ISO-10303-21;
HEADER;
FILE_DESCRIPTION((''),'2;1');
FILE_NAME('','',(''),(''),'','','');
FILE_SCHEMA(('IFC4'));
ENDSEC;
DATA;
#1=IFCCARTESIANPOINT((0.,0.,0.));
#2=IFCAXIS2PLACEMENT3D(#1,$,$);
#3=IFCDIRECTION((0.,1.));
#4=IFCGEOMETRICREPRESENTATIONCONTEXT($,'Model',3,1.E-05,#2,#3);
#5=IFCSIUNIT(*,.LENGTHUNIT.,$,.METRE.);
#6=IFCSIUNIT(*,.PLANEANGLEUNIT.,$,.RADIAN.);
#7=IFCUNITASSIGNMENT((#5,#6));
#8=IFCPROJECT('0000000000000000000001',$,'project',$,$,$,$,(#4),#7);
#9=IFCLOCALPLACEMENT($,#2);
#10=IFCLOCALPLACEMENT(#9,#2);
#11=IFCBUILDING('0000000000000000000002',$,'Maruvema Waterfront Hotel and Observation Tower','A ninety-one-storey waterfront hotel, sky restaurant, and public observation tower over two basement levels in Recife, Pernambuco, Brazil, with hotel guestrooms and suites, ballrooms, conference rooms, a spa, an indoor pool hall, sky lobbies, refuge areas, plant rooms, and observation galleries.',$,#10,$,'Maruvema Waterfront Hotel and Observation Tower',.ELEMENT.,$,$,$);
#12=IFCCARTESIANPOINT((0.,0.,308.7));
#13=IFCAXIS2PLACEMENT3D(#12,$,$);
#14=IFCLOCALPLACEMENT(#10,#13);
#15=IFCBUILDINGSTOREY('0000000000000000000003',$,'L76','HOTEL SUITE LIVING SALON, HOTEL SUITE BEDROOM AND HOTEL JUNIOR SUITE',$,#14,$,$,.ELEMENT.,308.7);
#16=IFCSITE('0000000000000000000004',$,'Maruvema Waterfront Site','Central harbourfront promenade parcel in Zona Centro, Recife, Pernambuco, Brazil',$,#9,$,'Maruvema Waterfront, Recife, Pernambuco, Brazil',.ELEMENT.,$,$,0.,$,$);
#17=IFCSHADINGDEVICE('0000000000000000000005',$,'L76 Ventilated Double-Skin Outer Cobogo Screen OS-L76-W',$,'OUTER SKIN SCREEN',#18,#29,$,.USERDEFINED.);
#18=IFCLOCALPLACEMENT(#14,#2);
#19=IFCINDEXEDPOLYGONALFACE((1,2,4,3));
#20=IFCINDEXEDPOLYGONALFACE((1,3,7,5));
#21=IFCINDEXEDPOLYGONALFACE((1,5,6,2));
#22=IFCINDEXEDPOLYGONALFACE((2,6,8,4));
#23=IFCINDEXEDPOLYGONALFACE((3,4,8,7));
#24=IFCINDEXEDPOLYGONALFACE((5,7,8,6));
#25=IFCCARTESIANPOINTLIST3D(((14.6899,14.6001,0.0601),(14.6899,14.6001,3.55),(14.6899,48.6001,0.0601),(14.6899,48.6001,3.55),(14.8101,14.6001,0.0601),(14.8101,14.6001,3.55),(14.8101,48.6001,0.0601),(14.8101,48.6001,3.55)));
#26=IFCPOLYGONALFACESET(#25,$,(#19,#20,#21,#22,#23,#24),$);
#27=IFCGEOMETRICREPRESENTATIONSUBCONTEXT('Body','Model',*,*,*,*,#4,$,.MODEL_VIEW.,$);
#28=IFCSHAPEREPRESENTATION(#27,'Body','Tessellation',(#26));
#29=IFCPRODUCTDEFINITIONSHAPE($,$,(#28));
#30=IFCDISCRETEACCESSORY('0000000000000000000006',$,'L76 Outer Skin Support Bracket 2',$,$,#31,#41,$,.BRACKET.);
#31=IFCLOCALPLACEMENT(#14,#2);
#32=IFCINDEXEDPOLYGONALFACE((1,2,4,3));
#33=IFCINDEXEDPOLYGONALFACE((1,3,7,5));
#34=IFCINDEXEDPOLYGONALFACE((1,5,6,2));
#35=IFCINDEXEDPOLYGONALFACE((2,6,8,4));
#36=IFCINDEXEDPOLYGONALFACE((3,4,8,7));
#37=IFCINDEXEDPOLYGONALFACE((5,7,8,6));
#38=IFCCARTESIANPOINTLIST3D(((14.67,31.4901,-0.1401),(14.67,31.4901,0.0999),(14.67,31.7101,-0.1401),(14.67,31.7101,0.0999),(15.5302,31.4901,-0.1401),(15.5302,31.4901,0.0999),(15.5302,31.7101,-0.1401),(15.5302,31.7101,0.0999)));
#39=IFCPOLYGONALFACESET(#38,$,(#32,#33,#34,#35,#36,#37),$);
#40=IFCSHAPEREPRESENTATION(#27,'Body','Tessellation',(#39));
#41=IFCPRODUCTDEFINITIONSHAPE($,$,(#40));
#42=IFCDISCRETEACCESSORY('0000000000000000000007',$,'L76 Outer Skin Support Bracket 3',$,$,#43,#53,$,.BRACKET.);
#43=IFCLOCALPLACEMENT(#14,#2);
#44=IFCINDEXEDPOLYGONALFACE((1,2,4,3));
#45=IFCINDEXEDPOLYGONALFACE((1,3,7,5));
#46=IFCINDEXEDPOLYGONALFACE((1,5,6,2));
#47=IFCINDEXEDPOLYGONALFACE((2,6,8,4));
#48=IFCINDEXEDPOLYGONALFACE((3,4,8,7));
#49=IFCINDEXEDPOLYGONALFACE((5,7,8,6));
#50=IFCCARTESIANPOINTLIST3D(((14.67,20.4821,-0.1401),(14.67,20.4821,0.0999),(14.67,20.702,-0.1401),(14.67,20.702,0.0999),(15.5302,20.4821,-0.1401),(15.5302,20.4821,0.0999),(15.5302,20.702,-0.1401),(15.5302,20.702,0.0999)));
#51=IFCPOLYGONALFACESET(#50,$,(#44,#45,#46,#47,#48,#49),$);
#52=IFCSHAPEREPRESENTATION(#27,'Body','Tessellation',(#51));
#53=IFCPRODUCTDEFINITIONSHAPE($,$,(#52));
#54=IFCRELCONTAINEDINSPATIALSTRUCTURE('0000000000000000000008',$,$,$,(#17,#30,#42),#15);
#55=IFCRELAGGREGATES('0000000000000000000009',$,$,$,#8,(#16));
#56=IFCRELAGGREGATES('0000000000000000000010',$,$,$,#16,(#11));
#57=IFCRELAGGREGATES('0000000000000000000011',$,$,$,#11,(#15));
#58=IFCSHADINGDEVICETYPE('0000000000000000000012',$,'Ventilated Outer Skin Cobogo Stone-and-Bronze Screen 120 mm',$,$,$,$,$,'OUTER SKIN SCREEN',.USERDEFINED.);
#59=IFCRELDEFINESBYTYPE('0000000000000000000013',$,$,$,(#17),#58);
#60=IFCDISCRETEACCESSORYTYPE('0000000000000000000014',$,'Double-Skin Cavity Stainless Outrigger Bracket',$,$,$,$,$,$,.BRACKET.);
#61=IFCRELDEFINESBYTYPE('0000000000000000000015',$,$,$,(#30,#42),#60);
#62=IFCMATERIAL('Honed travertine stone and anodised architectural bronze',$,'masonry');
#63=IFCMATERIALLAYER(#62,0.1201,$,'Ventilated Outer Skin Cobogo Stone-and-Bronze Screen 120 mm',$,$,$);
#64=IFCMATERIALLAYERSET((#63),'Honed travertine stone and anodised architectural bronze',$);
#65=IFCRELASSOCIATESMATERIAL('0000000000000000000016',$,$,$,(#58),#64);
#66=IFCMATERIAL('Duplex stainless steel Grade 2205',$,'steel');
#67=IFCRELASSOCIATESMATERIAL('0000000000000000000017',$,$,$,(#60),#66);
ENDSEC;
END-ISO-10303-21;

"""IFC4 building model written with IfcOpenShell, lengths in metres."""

from ifc_helpers import new_model, si_unit, direction, frame, origin, origin_2d, place, context, subcontext, project, spatial, rectangle, extrude, material, layer, layer_set, type_object, element, save


model = new_model("IFC4")

# Units and contexts
model_context = context("Model", 3, precision=1e-05, world=origin(), true_north=direction((0.0, 1.0)))
body_context = subcontext(model_context, "Body", "Model", "MODEL_VIEW")
ifc_project = project(units=[si_unit("LENGTHUNIT", "METRE"), si_unit("PLANEANGLEUNIT", "RADIAN")], contexts=[model_context])

# Site, building, storey
site_placement = place(None, origin())
site = spatial("IfcSite", under=ifc_project, at=site_placement, Name="Maruvema Waterfront Site", Description="Central harbourfront promenade parcel in Zona Centro, Recife, Pernambuco, Brazil", LongName="Maruvema Waterfront, Recife, Pernambuco, Brazil", CompositionType="ELEMENT", RefElevation=0.0)
building_placement = place(site_placement, origin())
building = spatial("IfcBuilding", under=site, at=building_placement, Name="Maruvema Waterfront Hotel and Observation Tower", Description="A ninety-one-storey waterfront hotel, sky restaurant, and public observation tower over two basement levels in Recife, Pernambuco, Brazil, with hotel guestrooms and suites, ballrooms, conference rooms, a spa, an indoor pool hall, sky lobbies, refuge areas, plant rooms, and observation galleries.", LongName="Maruvema Waterfront Hotel and Observation Tower", CompositionType="ELEMENT")
storey_placement = place(building_placement, frame((0.0, 0.0, 308.7)))
storey = spatial("IfcBuildingStorey", under=building, at=storey_placement, Name="L76", Description="HOTEL SUITE LIVING SALON, HOTEL SUITE BEDROOM AND HOTEL JUNIOR SUITE", CompositionType="ELEMENT", Elevation=308.7)

# Shading device
ifc_material_1 = material(Name="Honed travertine stone and anodised architectural bronze", Category="masonry")
ifc_layer_1 = layer(ifc_material_1, 0.1201, Name="Ventilated Outer Skin Cobogo Stone-and-Bronze Screen 120 mm")
ifc_layer_set_1 = layer_set([ifc_layer_1], Name="Honed travertine stone and anodised architectural bronze")
shading_device_type = type_object("IfcShadingDeviceType", Name="Ventilated Outer Skin Cobogo Stone-and-Bronze Screen 120 mm", ElementType="OUTER SKIN SCREEN", PredefinedType="USERDEFINED", material=ifc_layer_set_1)
shading_device_placement = place(storey_placement, frame((14.75, 31.6001, 0.0601), z_axis=(0.0, 0.0, 1.0), x_axis=(0.0, -1.0, 0.0)))
element("IfcShadingDevice", 1, at=shading_device_placement, inside=storey, type_object=shading_device_type, Name="L76 Ventilated Double-Skin Outer Cobogo Screen OS-L76-W", ObjectType="OUTER SKIN SCREEN", PredefinedType="USERDEFINED", context=body_context, shape_type="SweptSolid", body=[
    extrude(rectangle(XDim=34.0, YDim=0.1201, at=origin_2d()), origin(), (0.0, 0.0, 1.0), 3.49),
])

# Discrete accessories
ifc_material_2 = material(Name="Duplex stainless steel Grade 2205", Category="steel")
discrete_accessory_type = type_object("IfcDiscreteAccessoryType", Name="Double-Skin Cavity Stainless Outrigger Bracket", PredefinedType="BRACKET", material=ifc_material_2)
for number, where, z_axis, x_axis, name in (
    (2, (15.1001, 31.6001, -0.1401), (0.0, 0.0, 1.0), (0.0, -1.0, 0.0), "L76 Outer Skin Support Bracket 2"),
    (3, (15.1001, 20.592, -0.1401), (0.0, 0.0, 1.0), (0.0, -1.0, 0.0), "L76 Outer Skin Support Bracket 3"),
):
    element("IfcDiscreteAccessory", number, at=place(storey_placement, frame(where, z_axis=z_axis, x_axis=x_axis)), inside=storey, type_object=discrete_accessory_type, Name=name, PredefinedType="BRACKET", context=body_context, shape_type="SweptSolid", body=[
        extrude(rectangle(XDim=0.22, YDim=0.8601, at=origin_2d()), origin(), (0.0, 0.0, 1.0), 0.24),
    ])

save(model, "model.ifc")
